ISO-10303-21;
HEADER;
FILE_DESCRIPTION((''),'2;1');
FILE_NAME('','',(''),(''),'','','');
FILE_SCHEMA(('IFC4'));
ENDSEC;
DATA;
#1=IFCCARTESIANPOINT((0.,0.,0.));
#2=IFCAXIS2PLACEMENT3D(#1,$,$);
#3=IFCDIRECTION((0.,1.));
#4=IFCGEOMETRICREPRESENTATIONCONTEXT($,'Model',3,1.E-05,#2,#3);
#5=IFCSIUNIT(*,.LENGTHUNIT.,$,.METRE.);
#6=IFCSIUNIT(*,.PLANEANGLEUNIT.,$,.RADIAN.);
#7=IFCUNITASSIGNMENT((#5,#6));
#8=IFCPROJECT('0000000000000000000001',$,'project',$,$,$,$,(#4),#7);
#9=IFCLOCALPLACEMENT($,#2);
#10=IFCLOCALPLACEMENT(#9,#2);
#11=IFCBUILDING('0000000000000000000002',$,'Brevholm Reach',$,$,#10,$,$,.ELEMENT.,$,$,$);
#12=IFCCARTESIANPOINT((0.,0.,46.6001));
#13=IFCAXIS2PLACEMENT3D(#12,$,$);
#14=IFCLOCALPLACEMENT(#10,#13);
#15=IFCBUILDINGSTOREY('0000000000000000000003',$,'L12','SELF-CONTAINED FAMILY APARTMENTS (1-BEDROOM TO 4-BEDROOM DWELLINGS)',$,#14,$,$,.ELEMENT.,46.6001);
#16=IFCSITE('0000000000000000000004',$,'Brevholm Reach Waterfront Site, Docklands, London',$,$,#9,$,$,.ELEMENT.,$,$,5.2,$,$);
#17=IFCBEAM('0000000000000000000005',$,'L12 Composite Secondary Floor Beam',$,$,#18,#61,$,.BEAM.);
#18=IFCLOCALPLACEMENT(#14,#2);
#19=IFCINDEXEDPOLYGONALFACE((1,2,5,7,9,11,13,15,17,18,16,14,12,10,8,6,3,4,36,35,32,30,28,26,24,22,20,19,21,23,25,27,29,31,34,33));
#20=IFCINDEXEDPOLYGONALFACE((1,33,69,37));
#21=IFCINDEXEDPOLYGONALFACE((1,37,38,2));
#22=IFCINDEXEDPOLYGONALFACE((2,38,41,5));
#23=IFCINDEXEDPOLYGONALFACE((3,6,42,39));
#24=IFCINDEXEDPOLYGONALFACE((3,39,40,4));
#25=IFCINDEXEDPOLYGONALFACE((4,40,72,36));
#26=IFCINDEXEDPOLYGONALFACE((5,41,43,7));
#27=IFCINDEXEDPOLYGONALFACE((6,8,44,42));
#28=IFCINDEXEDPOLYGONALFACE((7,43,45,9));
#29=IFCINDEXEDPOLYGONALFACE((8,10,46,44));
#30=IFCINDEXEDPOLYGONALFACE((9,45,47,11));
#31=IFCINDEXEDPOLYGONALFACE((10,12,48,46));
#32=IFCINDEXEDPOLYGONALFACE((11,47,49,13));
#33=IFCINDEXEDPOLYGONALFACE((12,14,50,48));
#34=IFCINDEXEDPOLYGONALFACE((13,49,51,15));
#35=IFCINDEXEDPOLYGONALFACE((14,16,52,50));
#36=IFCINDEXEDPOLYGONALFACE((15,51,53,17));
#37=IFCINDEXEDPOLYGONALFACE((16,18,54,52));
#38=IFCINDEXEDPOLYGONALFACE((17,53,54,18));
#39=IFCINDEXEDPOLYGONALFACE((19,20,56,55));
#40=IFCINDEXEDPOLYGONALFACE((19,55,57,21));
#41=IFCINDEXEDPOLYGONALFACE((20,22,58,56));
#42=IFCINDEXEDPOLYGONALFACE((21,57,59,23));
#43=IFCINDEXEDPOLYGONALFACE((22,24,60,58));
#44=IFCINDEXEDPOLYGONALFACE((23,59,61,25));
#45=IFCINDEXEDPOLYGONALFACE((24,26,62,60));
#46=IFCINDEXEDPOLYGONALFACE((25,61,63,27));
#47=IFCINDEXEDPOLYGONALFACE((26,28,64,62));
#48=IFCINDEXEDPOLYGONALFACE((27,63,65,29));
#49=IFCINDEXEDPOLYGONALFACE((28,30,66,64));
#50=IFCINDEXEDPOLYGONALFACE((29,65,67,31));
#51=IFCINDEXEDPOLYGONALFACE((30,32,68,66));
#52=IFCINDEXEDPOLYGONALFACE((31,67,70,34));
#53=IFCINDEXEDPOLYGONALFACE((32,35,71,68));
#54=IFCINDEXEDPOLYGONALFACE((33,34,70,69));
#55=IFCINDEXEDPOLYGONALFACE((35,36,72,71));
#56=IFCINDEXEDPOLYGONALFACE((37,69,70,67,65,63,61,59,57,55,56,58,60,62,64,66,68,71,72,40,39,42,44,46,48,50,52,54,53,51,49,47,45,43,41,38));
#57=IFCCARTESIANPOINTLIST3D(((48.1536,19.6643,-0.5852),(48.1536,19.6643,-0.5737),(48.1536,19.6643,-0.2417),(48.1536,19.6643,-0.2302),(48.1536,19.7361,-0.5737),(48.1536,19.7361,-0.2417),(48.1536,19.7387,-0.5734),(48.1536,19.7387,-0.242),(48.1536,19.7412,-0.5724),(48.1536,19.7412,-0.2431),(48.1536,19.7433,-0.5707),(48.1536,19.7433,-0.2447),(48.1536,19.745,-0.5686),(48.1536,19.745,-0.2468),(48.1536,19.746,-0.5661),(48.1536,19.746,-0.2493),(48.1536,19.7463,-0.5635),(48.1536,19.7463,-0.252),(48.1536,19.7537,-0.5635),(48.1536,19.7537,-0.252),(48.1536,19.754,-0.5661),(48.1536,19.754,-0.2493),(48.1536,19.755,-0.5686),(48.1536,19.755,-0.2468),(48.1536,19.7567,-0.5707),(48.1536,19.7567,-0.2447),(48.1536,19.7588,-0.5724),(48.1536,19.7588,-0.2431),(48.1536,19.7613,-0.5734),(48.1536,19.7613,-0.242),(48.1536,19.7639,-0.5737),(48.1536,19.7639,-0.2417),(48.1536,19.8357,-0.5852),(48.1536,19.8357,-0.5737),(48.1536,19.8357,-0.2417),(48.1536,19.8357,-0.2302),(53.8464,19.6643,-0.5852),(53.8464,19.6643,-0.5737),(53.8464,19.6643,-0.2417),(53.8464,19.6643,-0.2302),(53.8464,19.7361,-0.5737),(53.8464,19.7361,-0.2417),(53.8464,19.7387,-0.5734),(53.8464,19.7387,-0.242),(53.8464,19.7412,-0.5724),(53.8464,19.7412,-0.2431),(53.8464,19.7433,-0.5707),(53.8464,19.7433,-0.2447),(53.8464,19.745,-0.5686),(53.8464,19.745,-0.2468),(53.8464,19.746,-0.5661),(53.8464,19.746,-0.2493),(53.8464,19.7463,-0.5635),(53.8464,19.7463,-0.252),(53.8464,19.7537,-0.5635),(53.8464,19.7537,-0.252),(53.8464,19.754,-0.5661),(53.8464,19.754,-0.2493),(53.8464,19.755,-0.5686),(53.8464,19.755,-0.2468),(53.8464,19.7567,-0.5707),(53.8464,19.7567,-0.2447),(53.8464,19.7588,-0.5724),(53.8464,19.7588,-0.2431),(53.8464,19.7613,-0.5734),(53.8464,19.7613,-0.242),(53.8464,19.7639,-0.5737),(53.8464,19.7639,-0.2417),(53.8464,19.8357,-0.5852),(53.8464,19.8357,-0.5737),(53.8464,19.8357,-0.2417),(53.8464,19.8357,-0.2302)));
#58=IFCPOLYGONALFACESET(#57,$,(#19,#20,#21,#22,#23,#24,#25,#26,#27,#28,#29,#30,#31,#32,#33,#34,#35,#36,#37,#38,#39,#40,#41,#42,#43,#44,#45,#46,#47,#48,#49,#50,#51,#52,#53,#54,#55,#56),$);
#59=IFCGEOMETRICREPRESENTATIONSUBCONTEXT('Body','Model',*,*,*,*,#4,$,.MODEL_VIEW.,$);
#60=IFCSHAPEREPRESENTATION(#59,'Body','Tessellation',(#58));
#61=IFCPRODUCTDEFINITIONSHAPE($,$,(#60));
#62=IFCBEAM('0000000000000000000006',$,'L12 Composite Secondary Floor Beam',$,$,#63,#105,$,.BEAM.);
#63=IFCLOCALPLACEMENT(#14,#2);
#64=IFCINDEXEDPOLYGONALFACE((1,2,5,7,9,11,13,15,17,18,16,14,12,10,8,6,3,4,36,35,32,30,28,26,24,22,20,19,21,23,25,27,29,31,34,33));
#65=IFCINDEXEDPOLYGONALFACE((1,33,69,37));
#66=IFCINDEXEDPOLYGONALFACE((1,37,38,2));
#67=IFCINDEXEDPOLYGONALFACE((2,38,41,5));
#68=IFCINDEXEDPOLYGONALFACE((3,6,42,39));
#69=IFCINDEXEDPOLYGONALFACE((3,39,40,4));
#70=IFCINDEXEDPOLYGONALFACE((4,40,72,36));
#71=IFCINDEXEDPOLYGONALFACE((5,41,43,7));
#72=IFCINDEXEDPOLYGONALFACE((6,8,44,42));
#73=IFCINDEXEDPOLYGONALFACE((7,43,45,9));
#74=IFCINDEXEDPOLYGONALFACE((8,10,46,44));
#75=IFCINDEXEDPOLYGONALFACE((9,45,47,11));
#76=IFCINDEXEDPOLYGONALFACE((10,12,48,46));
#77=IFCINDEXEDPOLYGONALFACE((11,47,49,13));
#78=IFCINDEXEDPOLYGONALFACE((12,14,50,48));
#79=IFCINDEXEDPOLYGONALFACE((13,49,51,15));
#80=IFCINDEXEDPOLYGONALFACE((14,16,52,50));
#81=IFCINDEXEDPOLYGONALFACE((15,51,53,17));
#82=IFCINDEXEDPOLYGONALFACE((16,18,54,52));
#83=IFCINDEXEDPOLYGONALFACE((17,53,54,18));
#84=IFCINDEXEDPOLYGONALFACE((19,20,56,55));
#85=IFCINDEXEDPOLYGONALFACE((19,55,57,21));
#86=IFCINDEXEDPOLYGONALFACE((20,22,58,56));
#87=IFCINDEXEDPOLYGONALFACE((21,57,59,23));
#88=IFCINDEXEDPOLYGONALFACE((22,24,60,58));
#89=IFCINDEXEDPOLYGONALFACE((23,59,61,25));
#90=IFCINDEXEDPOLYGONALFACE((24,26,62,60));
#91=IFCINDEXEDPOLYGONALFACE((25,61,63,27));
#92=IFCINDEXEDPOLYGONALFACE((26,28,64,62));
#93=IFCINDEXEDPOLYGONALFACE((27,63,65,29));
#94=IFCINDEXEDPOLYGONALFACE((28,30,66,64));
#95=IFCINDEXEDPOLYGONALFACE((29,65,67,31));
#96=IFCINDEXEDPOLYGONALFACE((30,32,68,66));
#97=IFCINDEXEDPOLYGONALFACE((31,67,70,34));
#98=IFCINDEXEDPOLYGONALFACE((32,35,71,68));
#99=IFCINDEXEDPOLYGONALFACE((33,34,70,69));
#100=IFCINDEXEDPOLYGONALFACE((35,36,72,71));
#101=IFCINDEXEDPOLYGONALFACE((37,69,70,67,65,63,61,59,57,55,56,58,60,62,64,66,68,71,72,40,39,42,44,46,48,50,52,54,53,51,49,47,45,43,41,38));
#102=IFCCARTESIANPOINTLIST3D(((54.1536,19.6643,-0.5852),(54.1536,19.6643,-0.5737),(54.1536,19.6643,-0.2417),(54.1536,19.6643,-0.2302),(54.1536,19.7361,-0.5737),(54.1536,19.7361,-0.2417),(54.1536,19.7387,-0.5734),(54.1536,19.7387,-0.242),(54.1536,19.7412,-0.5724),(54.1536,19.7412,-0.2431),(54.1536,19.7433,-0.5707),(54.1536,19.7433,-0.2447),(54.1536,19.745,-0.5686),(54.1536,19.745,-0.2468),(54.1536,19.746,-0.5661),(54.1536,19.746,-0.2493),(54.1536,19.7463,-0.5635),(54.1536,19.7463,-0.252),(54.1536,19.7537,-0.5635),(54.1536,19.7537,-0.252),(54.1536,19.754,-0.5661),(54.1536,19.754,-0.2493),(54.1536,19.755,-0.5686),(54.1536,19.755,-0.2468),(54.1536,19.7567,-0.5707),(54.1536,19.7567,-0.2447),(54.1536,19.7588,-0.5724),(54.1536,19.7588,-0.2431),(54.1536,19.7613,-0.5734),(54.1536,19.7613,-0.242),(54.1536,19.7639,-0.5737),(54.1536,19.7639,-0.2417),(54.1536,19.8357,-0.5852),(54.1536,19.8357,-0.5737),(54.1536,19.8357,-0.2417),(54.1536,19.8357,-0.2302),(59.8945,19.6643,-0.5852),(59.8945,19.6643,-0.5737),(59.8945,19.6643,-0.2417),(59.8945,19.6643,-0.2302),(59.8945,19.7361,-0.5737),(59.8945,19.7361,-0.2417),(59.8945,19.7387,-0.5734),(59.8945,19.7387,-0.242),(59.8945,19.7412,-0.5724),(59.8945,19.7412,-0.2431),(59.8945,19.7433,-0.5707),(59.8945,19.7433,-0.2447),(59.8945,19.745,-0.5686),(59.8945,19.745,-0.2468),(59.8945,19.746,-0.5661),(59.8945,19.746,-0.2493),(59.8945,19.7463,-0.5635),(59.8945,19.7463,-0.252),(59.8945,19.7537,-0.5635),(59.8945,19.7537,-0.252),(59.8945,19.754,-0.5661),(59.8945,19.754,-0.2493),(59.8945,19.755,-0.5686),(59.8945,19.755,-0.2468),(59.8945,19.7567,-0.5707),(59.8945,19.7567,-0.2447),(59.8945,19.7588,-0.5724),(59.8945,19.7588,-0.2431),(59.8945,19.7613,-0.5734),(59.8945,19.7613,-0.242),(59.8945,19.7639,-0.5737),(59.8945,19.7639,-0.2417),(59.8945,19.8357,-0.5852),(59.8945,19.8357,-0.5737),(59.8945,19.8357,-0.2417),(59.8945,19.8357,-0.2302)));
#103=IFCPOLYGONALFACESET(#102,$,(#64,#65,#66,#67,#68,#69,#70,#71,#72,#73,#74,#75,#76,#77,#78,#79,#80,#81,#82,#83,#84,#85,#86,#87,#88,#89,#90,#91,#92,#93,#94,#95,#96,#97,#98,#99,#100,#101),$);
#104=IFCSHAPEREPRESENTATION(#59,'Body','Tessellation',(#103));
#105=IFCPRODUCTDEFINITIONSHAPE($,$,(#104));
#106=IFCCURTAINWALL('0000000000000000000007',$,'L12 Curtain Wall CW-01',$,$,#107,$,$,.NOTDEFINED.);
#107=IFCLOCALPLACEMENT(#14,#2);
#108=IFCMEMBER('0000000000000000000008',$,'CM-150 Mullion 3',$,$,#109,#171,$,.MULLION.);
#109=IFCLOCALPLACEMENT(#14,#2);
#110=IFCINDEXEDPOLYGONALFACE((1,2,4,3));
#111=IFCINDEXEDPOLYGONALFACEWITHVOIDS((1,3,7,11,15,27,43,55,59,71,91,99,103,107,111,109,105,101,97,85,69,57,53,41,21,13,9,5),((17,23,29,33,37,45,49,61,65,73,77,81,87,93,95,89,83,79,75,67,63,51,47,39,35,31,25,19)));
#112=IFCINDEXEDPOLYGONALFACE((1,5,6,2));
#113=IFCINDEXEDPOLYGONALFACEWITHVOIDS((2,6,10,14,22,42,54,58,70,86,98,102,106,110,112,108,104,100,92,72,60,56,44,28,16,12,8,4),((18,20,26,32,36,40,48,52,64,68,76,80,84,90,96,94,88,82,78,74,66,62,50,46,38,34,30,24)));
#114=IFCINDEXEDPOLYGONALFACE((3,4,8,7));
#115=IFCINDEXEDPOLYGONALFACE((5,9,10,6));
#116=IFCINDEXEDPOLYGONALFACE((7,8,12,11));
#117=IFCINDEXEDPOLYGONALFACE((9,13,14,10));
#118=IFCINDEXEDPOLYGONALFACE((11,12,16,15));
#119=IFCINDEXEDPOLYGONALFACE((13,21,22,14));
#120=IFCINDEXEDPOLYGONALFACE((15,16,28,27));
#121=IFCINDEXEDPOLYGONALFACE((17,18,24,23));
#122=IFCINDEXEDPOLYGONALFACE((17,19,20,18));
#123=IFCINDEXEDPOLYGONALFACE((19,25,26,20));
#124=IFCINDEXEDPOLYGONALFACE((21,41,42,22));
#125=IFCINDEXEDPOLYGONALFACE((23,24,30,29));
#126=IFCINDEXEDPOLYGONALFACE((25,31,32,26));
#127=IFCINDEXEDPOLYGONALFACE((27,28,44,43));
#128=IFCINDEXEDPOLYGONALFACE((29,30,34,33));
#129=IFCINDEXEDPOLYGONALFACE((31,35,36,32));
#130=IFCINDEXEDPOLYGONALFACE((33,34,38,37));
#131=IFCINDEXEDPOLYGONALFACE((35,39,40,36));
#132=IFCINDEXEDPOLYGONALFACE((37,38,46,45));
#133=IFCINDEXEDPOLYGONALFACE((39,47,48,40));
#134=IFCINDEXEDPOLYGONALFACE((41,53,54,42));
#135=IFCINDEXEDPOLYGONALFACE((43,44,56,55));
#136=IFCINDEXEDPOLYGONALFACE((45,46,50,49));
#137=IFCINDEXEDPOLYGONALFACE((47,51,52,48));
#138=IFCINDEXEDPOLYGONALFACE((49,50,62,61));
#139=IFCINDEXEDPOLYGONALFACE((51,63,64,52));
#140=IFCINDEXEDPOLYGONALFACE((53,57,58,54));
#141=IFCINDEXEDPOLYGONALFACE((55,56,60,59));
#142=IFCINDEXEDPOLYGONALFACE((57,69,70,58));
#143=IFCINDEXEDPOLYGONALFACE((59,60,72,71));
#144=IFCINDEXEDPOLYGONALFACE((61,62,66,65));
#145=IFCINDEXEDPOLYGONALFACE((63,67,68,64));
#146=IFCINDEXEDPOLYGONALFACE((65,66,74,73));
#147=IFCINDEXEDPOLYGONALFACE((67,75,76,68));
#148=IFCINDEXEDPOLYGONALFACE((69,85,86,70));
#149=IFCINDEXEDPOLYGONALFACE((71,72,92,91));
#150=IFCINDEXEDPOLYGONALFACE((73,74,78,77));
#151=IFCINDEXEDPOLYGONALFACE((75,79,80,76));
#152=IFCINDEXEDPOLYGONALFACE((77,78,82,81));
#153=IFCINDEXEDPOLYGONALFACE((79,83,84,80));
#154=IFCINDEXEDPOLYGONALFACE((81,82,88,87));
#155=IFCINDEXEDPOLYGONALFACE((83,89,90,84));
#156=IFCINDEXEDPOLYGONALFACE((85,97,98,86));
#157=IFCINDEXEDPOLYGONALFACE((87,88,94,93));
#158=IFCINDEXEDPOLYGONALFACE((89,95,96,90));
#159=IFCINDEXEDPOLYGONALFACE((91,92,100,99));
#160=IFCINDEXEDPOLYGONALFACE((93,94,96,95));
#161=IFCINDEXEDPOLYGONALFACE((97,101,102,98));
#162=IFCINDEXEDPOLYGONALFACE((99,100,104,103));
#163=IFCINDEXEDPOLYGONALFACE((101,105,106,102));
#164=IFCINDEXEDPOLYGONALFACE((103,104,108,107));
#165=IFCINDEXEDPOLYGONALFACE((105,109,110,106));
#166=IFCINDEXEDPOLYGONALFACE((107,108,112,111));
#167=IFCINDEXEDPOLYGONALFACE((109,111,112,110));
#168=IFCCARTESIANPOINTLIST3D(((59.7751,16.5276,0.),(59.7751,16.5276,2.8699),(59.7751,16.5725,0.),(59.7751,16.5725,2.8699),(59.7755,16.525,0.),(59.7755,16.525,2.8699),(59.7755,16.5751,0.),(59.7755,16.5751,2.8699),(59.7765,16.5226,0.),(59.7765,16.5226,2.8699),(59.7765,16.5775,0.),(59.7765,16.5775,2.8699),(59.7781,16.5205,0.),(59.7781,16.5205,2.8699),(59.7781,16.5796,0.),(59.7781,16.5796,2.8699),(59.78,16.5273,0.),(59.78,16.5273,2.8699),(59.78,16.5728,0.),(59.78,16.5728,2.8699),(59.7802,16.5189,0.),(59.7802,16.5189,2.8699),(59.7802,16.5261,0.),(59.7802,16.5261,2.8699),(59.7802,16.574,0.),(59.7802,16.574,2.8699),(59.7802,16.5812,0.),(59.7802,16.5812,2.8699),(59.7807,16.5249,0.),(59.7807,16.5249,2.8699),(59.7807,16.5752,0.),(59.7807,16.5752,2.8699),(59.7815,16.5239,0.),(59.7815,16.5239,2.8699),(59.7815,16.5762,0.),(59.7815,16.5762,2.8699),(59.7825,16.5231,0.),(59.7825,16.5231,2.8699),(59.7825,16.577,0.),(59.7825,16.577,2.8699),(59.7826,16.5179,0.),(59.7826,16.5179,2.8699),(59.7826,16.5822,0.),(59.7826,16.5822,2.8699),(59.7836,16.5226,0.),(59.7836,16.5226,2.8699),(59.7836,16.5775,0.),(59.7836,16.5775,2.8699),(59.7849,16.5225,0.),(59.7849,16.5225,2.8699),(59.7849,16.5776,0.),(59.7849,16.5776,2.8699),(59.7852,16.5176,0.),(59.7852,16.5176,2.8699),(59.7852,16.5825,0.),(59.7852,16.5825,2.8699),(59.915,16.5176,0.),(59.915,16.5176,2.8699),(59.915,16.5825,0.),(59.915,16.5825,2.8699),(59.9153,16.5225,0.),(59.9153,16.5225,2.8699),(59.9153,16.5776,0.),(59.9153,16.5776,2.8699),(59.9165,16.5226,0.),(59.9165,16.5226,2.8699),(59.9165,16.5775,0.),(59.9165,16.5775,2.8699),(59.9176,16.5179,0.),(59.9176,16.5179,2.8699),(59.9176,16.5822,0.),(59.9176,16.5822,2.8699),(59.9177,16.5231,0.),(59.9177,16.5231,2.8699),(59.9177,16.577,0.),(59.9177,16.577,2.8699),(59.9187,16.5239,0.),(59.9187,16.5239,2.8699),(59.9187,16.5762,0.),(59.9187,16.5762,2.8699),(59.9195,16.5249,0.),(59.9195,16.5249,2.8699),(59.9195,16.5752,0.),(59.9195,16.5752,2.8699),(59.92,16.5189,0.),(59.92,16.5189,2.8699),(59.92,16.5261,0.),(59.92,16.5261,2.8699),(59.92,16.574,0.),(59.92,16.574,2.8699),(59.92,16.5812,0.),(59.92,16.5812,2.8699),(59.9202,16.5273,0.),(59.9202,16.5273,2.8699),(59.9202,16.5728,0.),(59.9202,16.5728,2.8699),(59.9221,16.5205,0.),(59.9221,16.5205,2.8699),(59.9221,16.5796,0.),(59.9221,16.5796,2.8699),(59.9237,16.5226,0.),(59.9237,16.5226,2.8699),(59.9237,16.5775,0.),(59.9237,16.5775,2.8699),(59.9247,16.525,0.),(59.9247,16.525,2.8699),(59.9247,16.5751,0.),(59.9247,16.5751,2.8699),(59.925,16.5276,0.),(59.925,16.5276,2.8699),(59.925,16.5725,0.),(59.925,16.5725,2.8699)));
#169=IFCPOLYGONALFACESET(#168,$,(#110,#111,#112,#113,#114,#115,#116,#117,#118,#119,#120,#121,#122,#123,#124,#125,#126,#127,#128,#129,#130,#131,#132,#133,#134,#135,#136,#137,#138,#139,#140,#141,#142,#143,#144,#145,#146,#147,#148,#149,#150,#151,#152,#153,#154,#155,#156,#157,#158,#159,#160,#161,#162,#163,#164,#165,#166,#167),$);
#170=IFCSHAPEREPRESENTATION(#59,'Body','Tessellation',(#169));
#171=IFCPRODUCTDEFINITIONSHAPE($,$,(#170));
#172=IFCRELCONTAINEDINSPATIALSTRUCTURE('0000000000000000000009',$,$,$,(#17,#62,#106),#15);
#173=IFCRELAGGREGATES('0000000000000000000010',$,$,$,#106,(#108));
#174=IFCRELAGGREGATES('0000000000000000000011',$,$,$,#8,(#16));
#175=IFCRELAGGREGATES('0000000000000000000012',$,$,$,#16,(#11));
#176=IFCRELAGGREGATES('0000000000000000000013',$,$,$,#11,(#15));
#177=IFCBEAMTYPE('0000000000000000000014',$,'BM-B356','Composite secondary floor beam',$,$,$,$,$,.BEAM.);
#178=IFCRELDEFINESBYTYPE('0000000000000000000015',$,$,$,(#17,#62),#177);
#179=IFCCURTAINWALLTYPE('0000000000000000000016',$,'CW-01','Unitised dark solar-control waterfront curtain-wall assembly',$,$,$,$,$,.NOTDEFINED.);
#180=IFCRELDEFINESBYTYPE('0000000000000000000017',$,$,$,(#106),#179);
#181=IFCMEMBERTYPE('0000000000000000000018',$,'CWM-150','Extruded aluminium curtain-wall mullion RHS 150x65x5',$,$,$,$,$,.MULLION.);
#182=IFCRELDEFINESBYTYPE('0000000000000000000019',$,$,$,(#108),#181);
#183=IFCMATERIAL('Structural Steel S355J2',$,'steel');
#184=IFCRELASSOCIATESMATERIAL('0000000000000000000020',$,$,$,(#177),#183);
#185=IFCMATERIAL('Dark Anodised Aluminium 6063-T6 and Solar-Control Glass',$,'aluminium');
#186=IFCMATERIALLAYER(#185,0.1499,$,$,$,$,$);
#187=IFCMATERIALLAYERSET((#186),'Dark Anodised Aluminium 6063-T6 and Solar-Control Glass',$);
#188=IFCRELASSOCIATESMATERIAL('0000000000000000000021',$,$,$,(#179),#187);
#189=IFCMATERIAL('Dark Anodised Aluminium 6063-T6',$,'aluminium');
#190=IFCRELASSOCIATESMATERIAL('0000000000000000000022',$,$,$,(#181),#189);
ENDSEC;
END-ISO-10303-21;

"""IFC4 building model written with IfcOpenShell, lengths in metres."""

from ifc_helpers import new_model, si_unit, direction, frame, origin, origin_2d, place, context, subcontext, project, spatial, hollow_rectangle, i_section, extrude, material, layer, layer_set, material_profile, profile_set, type_object, element, aggregate, save


model = new_model("IFC4")

# Units and contexts
model_context = context("Model", 3, precision=1e-05, world=origin(), true_north=direction((0.0, 1.0)))
body_context = subcontext(model_context, "Body", "Model", "MODEL_VIEW")
ifc_project = project(units=[si_unit("LENGTHUNIT", "METRE"), si_unit("PLANEANGLEUNIT", "RADIAN")], contexts=[model_context])

# Site, building, storey
site_placement = place(None, origin())
site = spatial("IfcSite", under=ifc_project, at=site_placement, Name="Brevholm Reach Waterfront Site, Docklands, London", CompositionType="ELEMENT", RefElevation=5.2)
building_placement = place(site_placement, origin())
building = spatial("IfcBuilding", under=site, at=building_placement, Name="Brevholm Reach", CompositionType="ELEMENT")
storey_placement = place(building_placement, frame((0.0, 0.0, 46.6001)))
storey = spatial("IfcBuildingStorey", under=building, at=storey_placement, Name="L12", Description="SELF-CONTAINED FAMILY APARTMENTS (1-BEDROOM TO 4-BEDROOM DWELLINGS)", CompositionType="ELEMENT", Elevation=46.6001)

# Beams
ifc_material_1 = material(Name="Structural Steel S355J2", Category="steel")
ifc_material_profile_1 = material_profile(ifc_material_1, i_section(OverallWidth=0.1714, OverallDepth=0.355, WebThickness=0.0073, FlangeThickness=0.0115, FilletRadius=0.0103, at=origin_2d()), Name="UKB 356x171x51")
ifc_profile_set_1 = profile_set([ifc_material_profile_1], Name="Structural Steel S355J2")
beam_type = type_object("IfcBeamType", Name="BM-B356", Description="Composite secondary floor beam", PredefinedType="BEAM", material=ifc_profile_set_1)
beam_1_placement = place(storey_placement, frame((48.1536, 19.75, -0.4077), z_axis=(1.0, 0.0, 0.0), x_axis=(0.0, 1.0, 0.0)))
element("IfcBeam", 1, at=beam_1_placement, inside=storey, type_object=beam_type, Name="L12 Composite Secondary Floor Beam", PredefinedType="BEAM", context=body_context, shape_type="SweptSolid", body=[
    extrude(i_section(OverallWidth=0.1714, OverallDepth=0.355, WebThickness=0.0073, FlangeThickness=0.0115, FilletRadius=0.0103, at=origin_2d()), origin(), (0.0, 0.0, 1.0), 5.6929),
])
beam_2_placement = place(storey_placement, frame((54.1536, 19.75, -0.4077), z_axis=(1.0, 0.0, 0.0), x_axis=(0.0, 1.0, 0.0)))
element("IfcBeam", 2, at=beam_2_placement, inside=storey, type_object=beam_type, Name="L12 Composite Secondary Floor Beam", PredefinedType="BEAM", context=body_context, shape_type="SweptSolid", body=[
    extrude(i_section(OverallWidth=0.1714, OverallDepth=0.355, WebThickness=0.0073, FlangeThickness=0.0115, FilletRadius=0.0103, at=origin_2d()), origin(), (0.0, 0.0, 1.0), 5.741),
])

# Curtain wall, member
ifc_material_2 = material(Name="Dark Anodised Aluminium 6063-T6 and Solar-Control Glass", Category="aluminium")
ifc_layer_1 = layer(ifc_material_2, 0.1499)
ifc_layer_set_1 = layer_set([ifc_layer_1], Name="Dark Anodised Aluminium 6063-T6 and Solar-Control Glass")
curtain_wall_type = type_object("IfcCurtainWallType", Name="CW-01", Description="Unitised dark solar-control waterfront curtain-wall assembly", PredefinedType="NOTDEFINED", material=ifc_layer_set_1)
curtain_wall_placement = place(storey_placement, origin())
curtain_wall = element("IfcCurtainWall", 3, at=curtain_wall_placement, inside=storey, type_object=curtain_wall_type, Name="L12 Curtain Wall CW-01", PredefinedType="NOTDEFINED")
ifc_material_3 = material(Name="Dark Anodised Aluminium 6063-T6", Category="aluminium")
ifc_material_profile_2 = material_profile(ifc_material_3, hollow_rectangle(XDim=0.0649, YDim=0.1499, WallThickness=0.0049, InnerFilletRadius=0.0049, OuterFilletRadius=0.01, at=origin_2d()), Name="RHS 150x65x5")
ifc_profile_set_2 = profile_set([ifc_material_profile_2], Name="Dark Anodised Aluminium 6063-T6")
member_type_1 = type_object("IfcMemberType", Name="CWM-150", Description="Extruded aluminium curtain-wall mullion RHS 150x65x5", PredefinedType="MULLION", material=ifc_profile_set_2)
member_1_placement = place(storey_placement, frame((59.8501, 16.55, 0.0), z_axis=(0.0, 0.0, 1.0), x_axis=(0.0, 1.0, 0.0)))
member_1 = element("IfcMember", 4, at=member_1_placement, type_object=member_type_1, Name="CM-150 Mullion 3", PredefinedType="MULLION", context=body_context, shape_type="SweptSolid", body=[
    extrude(hollow_rectangle(XDim=0.0649, YDim=0.1499, WallThickness=0.0049, InnerFilletRadius=0.0049, OuterFilletRadius=0.01, at=origin_2d()), origin(), (0.0, 0.0, 1.0), 2.8699),
])
aggregate(curtain_wall, [member_1])

save(model, "model.ifc")
